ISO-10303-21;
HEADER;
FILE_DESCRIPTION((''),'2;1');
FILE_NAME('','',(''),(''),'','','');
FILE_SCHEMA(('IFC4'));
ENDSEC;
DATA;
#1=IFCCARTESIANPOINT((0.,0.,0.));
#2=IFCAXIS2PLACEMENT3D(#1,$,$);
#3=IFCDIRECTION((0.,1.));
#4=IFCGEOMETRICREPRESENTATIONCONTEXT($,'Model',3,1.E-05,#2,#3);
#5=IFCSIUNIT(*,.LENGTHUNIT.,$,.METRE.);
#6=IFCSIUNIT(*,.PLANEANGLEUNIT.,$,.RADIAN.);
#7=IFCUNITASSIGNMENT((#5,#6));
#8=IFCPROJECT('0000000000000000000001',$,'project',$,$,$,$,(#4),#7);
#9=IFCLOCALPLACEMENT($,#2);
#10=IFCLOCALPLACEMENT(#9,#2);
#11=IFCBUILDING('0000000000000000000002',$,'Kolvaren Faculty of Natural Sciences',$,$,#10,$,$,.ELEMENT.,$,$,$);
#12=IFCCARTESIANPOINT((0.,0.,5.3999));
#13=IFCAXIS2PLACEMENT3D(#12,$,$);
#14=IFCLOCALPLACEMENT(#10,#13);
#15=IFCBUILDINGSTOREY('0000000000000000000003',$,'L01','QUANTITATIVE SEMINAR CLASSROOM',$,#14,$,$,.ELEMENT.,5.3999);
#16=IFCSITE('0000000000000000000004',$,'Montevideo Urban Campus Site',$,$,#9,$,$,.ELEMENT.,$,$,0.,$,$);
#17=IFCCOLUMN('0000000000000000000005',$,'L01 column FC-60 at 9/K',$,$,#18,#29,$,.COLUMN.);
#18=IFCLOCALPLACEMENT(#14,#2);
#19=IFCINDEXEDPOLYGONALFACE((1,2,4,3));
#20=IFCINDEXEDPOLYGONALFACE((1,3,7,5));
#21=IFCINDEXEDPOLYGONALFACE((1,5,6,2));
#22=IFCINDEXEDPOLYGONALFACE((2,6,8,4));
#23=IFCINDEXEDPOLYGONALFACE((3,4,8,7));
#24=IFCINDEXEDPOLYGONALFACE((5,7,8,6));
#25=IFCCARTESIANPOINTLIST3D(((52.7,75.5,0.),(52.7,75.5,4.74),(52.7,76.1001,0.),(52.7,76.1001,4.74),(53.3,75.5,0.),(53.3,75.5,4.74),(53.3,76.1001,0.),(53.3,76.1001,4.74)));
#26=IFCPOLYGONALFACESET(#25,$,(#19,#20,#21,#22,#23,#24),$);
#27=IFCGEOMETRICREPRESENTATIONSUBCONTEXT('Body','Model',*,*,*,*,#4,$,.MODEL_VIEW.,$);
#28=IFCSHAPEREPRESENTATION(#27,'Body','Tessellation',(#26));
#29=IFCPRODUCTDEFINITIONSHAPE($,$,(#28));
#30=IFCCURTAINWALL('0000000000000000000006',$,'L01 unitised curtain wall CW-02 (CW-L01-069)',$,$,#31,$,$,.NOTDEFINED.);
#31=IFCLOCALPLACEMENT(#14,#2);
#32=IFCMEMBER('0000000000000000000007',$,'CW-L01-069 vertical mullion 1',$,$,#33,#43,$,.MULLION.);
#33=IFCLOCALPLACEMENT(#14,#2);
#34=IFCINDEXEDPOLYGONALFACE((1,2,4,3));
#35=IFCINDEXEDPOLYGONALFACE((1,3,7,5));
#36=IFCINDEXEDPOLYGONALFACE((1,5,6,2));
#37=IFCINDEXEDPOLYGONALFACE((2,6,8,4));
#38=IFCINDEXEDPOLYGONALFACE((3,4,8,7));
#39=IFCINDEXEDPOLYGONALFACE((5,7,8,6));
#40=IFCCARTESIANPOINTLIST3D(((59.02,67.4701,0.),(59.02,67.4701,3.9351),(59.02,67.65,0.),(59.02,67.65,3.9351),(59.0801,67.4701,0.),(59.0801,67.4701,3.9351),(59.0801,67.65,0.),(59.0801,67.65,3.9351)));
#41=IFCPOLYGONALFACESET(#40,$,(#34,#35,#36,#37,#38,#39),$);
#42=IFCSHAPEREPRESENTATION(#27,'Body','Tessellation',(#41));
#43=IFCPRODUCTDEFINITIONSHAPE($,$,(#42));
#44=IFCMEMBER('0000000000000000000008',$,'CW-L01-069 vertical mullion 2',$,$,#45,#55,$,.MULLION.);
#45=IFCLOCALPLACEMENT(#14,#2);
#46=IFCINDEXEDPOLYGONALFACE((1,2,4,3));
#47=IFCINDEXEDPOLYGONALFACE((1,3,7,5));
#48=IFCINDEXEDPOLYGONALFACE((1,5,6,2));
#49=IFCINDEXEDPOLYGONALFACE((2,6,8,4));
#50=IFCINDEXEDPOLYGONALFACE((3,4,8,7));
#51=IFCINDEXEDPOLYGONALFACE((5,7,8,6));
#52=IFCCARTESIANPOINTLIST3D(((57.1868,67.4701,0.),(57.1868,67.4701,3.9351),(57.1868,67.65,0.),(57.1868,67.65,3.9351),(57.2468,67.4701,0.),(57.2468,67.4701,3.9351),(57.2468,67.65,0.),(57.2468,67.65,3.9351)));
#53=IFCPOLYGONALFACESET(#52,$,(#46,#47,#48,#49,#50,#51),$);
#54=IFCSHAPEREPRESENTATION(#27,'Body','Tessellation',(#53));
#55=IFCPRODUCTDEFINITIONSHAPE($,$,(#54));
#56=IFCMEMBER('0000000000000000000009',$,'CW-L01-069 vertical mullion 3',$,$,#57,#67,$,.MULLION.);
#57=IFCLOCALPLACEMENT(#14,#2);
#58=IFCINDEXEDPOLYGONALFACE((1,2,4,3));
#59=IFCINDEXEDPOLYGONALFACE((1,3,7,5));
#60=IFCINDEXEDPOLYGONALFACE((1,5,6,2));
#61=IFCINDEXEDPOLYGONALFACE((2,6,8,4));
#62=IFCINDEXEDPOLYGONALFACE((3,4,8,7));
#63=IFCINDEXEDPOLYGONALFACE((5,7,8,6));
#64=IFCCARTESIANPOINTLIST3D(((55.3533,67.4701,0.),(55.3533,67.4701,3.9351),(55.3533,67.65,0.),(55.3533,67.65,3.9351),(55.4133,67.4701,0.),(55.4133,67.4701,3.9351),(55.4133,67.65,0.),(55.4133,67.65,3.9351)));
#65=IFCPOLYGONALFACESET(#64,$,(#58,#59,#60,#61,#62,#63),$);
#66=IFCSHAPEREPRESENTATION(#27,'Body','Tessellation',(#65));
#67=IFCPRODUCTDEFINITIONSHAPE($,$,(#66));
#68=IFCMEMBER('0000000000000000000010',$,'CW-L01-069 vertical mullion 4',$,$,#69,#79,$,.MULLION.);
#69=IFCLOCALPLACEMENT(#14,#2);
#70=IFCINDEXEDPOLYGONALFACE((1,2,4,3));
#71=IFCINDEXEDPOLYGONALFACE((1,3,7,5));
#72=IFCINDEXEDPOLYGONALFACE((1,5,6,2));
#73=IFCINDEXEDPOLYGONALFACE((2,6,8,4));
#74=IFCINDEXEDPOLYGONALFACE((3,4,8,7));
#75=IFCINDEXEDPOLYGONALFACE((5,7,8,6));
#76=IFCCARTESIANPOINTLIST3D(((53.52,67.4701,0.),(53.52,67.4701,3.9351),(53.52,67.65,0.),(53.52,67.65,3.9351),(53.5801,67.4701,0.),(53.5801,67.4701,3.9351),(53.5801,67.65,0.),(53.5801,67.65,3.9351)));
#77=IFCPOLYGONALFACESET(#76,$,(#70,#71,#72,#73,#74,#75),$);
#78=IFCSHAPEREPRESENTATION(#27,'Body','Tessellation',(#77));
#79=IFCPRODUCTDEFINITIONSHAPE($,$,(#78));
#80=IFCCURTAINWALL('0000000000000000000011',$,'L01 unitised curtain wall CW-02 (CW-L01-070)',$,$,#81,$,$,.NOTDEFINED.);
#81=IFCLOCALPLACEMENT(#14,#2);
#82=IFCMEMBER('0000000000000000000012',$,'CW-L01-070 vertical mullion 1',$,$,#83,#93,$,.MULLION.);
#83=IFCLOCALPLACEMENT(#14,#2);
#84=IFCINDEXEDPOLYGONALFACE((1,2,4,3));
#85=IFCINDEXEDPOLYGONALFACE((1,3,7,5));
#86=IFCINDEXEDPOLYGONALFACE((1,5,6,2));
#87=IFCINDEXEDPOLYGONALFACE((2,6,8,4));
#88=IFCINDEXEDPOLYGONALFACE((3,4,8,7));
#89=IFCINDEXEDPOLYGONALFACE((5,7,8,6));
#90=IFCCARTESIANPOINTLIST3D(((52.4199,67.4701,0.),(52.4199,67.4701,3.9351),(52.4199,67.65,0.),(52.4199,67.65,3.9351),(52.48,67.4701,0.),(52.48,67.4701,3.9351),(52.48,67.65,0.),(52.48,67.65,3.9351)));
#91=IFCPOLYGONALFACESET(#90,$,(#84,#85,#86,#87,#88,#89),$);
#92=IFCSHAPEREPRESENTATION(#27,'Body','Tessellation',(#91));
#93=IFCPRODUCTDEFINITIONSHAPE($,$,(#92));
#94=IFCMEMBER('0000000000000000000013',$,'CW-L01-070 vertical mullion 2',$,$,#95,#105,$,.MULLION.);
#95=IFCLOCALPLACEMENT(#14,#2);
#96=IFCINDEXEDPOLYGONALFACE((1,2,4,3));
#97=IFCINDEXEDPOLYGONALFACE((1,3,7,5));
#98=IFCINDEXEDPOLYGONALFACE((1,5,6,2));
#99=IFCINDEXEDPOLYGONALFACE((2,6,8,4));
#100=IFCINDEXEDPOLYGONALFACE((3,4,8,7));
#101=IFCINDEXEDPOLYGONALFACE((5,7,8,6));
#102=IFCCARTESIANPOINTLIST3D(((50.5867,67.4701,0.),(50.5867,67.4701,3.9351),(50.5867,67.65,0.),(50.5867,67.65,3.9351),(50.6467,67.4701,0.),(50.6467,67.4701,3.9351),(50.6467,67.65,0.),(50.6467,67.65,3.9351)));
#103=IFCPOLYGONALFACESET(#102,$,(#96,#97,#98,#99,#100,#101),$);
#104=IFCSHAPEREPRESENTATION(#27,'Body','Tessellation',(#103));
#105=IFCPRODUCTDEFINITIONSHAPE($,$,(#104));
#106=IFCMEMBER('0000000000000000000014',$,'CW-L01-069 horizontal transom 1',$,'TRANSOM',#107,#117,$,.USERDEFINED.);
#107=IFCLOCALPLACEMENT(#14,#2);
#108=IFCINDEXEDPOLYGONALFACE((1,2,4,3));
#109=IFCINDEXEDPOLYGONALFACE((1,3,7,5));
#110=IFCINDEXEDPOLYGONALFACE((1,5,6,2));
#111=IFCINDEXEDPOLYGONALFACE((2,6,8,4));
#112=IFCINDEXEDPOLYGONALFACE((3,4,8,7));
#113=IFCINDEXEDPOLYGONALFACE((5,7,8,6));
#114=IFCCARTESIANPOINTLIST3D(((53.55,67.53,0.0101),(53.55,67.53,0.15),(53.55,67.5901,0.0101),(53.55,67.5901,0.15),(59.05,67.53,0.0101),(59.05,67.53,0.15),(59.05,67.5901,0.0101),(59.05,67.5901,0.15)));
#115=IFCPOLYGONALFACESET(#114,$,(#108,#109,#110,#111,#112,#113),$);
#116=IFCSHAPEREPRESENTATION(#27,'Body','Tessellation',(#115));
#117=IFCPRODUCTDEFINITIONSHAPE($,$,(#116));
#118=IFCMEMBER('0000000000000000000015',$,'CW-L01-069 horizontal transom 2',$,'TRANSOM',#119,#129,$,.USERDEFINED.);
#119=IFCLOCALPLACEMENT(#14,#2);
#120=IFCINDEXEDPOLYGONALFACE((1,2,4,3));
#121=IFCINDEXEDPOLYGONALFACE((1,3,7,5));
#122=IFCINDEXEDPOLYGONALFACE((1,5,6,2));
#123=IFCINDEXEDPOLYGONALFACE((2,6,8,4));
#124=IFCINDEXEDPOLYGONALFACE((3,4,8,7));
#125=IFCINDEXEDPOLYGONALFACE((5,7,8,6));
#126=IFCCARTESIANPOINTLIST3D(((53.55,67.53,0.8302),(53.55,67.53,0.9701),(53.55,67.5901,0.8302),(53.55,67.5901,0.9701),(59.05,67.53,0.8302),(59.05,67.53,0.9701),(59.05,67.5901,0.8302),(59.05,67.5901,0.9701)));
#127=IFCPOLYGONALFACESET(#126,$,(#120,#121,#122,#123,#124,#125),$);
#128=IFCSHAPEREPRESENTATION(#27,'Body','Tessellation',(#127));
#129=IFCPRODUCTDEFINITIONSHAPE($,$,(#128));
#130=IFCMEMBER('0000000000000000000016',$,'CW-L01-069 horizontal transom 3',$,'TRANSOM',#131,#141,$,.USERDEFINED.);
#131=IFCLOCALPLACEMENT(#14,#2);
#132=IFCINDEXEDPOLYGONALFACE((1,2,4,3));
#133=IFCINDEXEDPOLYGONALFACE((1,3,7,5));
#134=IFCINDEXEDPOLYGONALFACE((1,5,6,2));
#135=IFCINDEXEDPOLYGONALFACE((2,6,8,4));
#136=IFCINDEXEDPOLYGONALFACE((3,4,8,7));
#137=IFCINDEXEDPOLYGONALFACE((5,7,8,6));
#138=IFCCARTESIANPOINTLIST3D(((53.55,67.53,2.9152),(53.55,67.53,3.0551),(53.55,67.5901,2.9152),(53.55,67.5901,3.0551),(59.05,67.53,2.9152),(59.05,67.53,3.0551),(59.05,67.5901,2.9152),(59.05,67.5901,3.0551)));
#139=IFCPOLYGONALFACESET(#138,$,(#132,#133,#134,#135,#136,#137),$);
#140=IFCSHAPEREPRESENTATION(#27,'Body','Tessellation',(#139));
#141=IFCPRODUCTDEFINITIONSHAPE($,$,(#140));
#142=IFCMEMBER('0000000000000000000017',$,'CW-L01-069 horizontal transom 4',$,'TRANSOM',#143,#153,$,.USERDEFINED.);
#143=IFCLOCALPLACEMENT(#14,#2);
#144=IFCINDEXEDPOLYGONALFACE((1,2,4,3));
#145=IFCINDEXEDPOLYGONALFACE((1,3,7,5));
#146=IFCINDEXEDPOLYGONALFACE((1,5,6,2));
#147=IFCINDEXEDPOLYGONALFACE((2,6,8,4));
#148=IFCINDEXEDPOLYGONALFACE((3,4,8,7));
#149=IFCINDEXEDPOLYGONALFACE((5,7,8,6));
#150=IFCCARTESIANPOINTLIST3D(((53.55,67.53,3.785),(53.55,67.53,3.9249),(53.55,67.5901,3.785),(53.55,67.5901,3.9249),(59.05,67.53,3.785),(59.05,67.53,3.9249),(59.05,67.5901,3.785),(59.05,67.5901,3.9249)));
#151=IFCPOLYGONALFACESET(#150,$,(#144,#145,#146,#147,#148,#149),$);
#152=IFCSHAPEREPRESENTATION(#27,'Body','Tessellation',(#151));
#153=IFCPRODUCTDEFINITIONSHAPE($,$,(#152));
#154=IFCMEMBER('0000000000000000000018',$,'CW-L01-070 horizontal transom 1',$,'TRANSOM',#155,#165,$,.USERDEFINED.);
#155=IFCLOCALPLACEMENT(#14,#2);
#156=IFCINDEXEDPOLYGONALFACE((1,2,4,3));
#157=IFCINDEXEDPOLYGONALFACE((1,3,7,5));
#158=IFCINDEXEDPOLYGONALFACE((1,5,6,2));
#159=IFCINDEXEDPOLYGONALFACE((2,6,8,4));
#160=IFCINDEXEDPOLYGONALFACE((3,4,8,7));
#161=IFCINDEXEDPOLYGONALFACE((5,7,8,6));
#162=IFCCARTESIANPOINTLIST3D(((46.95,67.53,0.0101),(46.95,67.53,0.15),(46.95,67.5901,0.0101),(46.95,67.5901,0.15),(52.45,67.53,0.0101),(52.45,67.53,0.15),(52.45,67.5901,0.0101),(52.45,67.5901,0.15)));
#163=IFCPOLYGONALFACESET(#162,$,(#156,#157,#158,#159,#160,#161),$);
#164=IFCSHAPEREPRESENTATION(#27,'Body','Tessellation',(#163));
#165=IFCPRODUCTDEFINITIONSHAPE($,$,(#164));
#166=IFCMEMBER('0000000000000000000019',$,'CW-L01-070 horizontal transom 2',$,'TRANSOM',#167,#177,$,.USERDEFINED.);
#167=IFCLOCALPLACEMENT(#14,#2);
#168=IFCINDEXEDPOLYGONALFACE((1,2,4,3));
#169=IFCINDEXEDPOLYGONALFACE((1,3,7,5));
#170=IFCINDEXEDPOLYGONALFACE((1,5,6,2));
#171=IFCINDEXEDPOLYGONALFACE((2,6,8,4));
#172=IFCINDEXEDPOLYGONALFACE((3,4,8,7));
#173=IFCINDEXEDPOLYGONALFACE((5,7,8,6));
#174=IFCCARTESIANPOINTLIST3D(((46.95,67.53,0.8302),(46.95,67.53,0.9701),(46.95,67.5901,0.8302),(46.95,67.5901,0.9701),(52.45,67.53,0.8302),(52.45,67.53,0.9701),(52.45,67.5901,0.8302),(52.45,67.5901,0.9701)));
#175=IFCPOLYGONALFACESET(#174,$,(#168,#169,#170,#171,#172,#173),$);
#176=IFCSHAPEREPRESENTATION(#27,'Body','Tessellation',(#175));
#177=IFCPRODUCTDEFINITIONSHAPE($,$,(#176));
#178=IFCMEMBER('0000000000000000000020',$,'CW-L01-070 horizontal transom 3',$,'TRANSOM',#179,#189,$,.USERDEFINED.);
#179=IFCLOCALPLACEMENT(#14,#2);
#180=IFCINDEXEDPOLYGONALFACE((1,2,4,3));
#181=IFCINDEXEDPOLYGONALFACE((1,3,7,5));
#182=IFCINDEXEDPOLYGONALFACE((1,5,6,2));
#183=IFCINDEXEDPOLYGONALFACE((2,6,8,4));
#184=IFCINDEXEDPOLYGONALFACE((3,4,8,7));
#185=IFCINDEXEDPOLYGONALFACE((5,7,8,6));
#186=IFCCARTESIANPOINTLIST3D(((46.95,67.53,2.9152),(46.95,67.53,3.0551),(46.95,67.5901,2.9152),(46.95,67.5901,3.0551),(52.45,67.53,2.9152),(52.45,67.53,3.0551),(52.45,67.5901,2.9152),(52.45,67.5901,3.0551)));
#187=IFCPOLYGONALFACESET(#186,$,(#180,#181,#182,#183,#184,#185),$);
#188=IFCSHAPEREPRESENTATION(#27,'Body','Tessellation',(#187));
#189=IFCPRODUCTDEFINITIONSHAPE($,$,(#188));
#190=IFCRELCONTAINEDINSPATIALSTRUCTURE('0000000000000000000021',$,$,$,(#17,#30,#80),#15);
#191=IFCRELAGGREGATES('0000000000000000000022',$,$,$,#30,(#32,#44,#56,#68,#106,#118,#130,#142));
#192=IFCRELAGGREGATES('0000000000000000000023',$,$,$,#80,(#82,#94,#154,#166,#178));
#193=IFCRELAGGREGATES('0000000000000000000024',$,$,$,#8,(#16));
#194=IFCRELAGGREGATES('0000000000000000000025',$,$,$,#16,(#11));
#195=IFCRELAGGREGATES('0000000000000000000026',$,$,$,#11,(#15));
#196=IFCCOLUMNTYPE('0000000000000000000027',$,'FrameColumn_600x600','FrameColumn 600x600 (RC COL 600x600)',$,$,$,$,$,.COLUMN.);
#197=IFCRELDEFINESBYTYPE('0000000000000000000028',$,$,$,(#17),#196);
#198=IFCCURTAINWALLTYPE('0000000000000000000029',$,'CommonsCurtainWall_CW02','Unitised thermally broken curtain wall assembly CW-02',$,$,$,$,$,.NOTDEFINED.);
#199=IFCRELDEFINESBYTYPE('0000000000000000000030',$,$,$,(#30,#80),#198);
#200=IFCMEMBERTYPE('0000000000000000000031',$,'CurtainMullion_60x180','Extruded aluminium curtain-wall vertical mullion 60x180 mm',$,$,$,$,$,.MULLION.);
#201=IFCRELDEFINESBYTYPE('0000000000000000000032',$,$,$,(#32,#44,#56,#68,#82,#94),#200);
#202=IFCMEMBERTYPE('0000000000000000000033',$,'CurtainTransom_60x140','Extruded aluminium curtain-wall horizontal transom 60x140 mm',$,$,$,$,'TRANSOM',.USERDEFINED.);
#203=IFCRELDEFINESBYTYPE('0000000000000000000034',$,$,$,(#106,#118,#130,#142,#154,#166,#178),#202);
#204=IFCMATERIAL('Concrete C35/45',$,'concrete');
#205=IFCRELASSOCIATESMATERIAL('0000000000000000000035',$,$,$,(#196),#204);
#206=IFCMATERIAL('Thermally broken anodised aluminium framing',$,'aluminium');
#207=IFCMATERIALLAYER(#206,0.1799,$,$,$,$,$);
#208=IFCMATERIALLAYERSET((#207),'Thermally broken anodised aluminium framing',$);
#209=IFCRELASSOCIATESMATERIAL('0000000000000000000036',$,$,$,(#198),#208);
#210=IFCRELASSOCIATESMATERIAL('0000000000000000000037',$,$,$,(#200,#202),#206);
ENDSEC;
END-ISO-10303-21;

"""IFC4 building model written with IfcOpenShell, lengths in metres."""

from ifc_helpers import new_model, si_unit, direction, frame, origin, origin_2d, place, context, subcontext, project, spatial, rectangle, extrude, material, layer, layer_set, material_profile, profile_set, type_object, element, aggregate, save


model = new_model("IFC4")

# Units and contexts
model_context = context("Model", 3, precision=1e-05, world=origin(), true_north=direction((0.0, 1.0)))
body_context = subcontext(model_context, "Body", "Model", "MODEL_VIEW")
ifc_project = project(units=[si_unit("LENGTHUNIT", "METRE"), si_unit("PLANEANGLEUNIT", "RADIAN")], contexts=[model_context])

# Site, building, storey
site_placement = place(None, origin())
site = spatial("IfcSite", under=ifc_project, at=site_placement, Name="Montevideo Urban Campus Site", CompositionType="ELEMENT", RefElevation=0.0)
building_placement = place(site_placement, origin())
building = spatial("IfcBuilding", under=site, at=building_placement, Name="Kolvaren Faculty of Natural Sciences", CompositionType="ELEMENT")
storey_placement = place(building_placement, frame((0.0, 0.0, 5.3999)))
storey = spatial("IfcBuildingStorey", under=building, at=storey_placement, Name="L01", Description="QUANTITATIVE SEMINAR CLASSROOM", CompositionType="ELEMENT", Elevation=5.3999)

# Column
ifc_material_1 = material(Name="Concrete C35/45", Category="concrete")
ifc_material_profile_1 = material_profile(ifc_material_1, rectangle(XDim=0.6001, YDim=0.6001, at=origin_2d()), Name="RC COL 600x600")
ifc_profile_set_1 = profile_set([ifc_material_profile_1], Name="Concrete C35/45")
column_type = type_object("IfcColumnType", Name="FrameColumn_600x600", Description="FrameColumn 600x600 (RC COL 600x600)", PredefinedType="COLUMN", material=ifc_profile_set_1)
column_placement = place(storey_placement, frame((53.0, 75.8, 0.0), z_axis=(0.0, 0.0, 1.0), x_axis=(1.0, 0.0, 0.0)))
element("IfcColumn", 1, at=column_placement, inside=storey, type_object=column_type, Name="L01 column FC-60 at 9/K", PredefinedType="COLUMN", context=body_context, shape_type="SweptSolid", body=[
    extrude(rectangle(XDim=0.6001, YDim=0.6001, at=origin_2d()), origin(), (0.0, 0.0, 1.0), 4.74),
])

# Curtain walls, members
ifc_material_2 = material(Name="Thermally broken anodised aluminium framing", Category="aluminium")
ifc_layer_1 = layer(ifc_material_2, 0.1799)
ifc_layer_set_1 = layer_set([ifc_layer_1], Name="Thermally broken anodised aluminium framing")
curtain_wall_type = type_object("IfcCurtainWallType", Name="CommonsCurtainWall_CW02", Description="Unitised thermally broken curtain wall assembly CW-02", PredefinedType="NOTDEFINED", material=ifc_layer_set_1)
curtain_wall_1_placement = place(storey_placement, origin())
curtain_wall_1 = element("IfcCurtainWall", 2, at=curtain_wall_1_placement, inside=storey, type_object=curtain_wall_type, Name="L01 unitised curtain wall CW-02 (CW-L01-069)", PredefinedType="NOTDEFINED")
ifc_material_profile_2 = material_profile(ifc_material_2, rectangle(XDim=0.0601, YDim=0.1799, at=origin_2d()), Name="ALU MUL 60x180")
ifc_profile_set_2 = profile_set([ifc_material_profile_2], Name="Thermally broken anodised aluminium framing")
member_type_1 = type_object("IfcMemberType", Name="CurtainMullion_60x180", Description="Extruded aluminium curtain-wall vertical mullion 60x180 mm", PredefinedType="MULLION", material=ifc_profile_set_2)
member_1_placement = place(storey_placement, frame((59.05, 67.5601, 0.0), z_axis=(0.0, 0.0, 1.0), x_axis=(-1.0, 0.0, 0.0)))
member_1 = element("IfcMember", 3, at=member_1_placement, type_object=member_type_1, Name="CW-L01-069 vertical mullion 1", PredefinedType="MULLION", context=body_context, shape_type="SweptSolid", body=[
    extrude(rectangle(XDim=0.0601, YDim=0.1799, at=origin_2d()), origin(), (0.0, 0.0, 1.0), 3.9351),
])
member_2_placement = place(storey_placement, frame((57.2168, 67.5601, 0.0), z_axis=(0.0, 0.0, 1.0), x_axis=(-1.0, 0.0, 0.0)))
member_2 = element("IfcMember", 4, at=member_2_placement, type_object=member_type_1, Name="CW-L01-069 vertical mullion 2", PredefinedType="MULLION", context=body_context, shape_type="SweptSolid", body=[
    extrude(rectangle(XDim=0.0601, YDim=0.1799, at=origin_2d()), origin(), (0.0, 0.0, 1.0), 3.9351),
])
member_3_placement = place(storey_placement, frame((55.3833, 67.5601, 0.0), z_axis=(0.0, 0.0, 1.0), x_axis=(-1.0, 0.0, 0.0)))
member_3 = element("IfcMember", 5, at=member_3_placement, type_object=member_type_1, Name="CW-L01-069 vertical mullion 3", PredefinedType="MULLION", context=body_context, shape_type="SweptSolid", body=[
    extrude(rectangle(XDim=0.0601, YDim=0.1799, at=origin_2d()), origin(), (0.0, 0.0, 1.0), 3.9351),
])
member_4_placement = place(storey_placement, frame((53.55, 67.5601, 0.0), z_axis=(0.0, 0.0, 1.0), x_axis=(-1.0, 0.0, 0.0)))
member_4 = element("IfcMember", 6, at=member_4_placement, type_object=member_type_1, Name="CW-L01-069 vertical mullion 4", PredefinedType="MULLION", context=body_context, shape_type="SweptSolid", body=[
    extrude(rectangle(XDim=0.0601, YDim=0.1799, at=origin_2d()), origin(), (0.0, 0.0, 1.0), 3.9351),
])
curtain_wall_2_placement = place(storey_placement, origin())
curtain_wall_2 = element("IfcCurtainWall", 7, at=curtain_wall_2_placement, inside=storey, type_object=curtain_wall_type, Name="L01 unitised curtain wall CW-02 (CW-L01-070)", PredefinedType="NOTDEFINED")
member_5_placement = place(storey_placement, frame((52.45, 67.5601, 0.0), z_axis=(0.0, 0.0, 1.0), x_axis=(-1.0, 0.0, 0.0)))
member_5 = element("IfcMember", 8, at=member_5_placement, type_object=member_type_1, Name="CW-L01-070 vertical mullion 1", PredefinedType="MULLION", context=body_context, shape_type="SweptSolid", body=[
    extrude(rectangle(XDim=0.0601, YDim=0.1799, at=origin_2d()), origin(), (0.0, 0.0, 1.0), 3.9351),
])
member_6_placement = place(storey_placement, frame((50.6167, 67.5601, 0.0), z_axis=(0.0, 0.0, 1.0), x_axis=(-1.0, 0.0, 0.0)))
member_6 = element("IfcMember", 9, at=member_6_placement, type_object=member_type_1, Name="CW-L01-070 vertical mullion 2", PredefinedType="MULLION", context=body_context, shape_type="SweptSolid", body=[
    extrude(rectangle(XDim=0.0601, YDim=0.1799, at=origin_2d()), origin(), (0.0, 0.0, 1.0), 3.9351),
])

# Members
ifc_material_profile_3 = material_profile(ifc_material_2, rectangle(XDim=0.0601, YDim=0.1399, at=origin_2d()), Name="ALU TRN 60x140")
ifc_profile_set_3 = profile_set([ifc_material_profile_3], Name="Thermally broken anodised aluminium framing")
member_type_2 = type_object("IfcMemberType", Name="CurtainTransom_60x140", Description="Extruded aluminium curtain-wall horizontal transom 60x140 mm", ElementType="TRANSOM", PredefinedType="USERDEFINED", material=ifc_profile_set_3)
member_7_placement = place(storey_placement, frame((59.05, 67.5601, 0.0801), z_axis=(-1.0, 0.0, 0.0), x_axis=(0.0, -1.0, 0.0)))
member_7 = element("IfcMember", 10, at=member_7_placement, type_object=member_type_2, Name="CW-L01-069 horizontal transom 1", ObjectType="TRANSOM", PredefinedType="USERDEFINED", context=body_context, shape_type="SweptSolid", body=[
    extrude(rectangle(XDim=0.0601, YDim=0.1399, at=origin_2d()), origin(), (0.0, 0.0, 1.0), 5.5),
])
member_8_placement = place(storey_placement, frame((59.05, 67.5601, 0.9001), z_axis=(-1.0, 0.0, 0.0), x_axis=(0.0, -1.0, 0.0)))
member_8 = element("IfcMember", 11, at=member_8_placement, type_object=member_type_2, Name="CW-L01-069 horizontal transom 2", ObjectType="TRANSOM", PredefinedType="USERDEFINED", context=body_context, shape_type="SweptSolid", body=[
    extrude(rectangle(XDim=0.0601, YDim=0.1399, at=origin_2d()), origin(), (0.0, 0.0, 1.0), 5.5),
])
member_9_placement = place(storey_placement, frame((59.05, 67.5601, 2.9851), z_axis=(-1.0, 0.0, 0.0), x_axis=(0.0, -1.0, 0.0)))
member_9 = element("IfcMember", 12, at=member_9_placement, type_object=member_type_2, Name="CW-L01-069 horizontal transom 3", ObjectType="TRANSOM", PredefinedType="USERDEFINED", context=body_context, shape_type="SweptSolid", body=[
    extrude(rectangle(XDim=0.0601, YDim=0.1399, at=origin_2d()), origin(), (0.0, 0.0, 1.0), 5.5),
])
member_10_placement = place(storey_placement, frame((59.05, 67.5601, 3.855), z_axis=(-1.0, 0.0, 0.0), x_axis=(0.0, -1.0, 0.0)))
member_10 = element("IfcMember", 13, at=member_10_placement, type_object=member_type_2, Name="CW-L01-069 horizontal transom 4", ObjectType="TRANSOM", PredefinedType="USERDEFINED", context=body_context, shape_type="SweptSolid", body=[
    extrude(rectangle(XDim=0.0601, YDim=0.1399, at=origin_2d()), origin(), (0.0, 0.0, 1.0), 5.5),
])
member_11_placement = place(storey_placement, frame((52.45, 67.5601, 0.0801), z_axis=(-1.0, 0.0, 0.0), x_axis=(0.0, -1.0, 0.0)))
member_11 = element("IfcMember", 14, at=member_11_placement, type_object=member_type_2, Name="CW-L01-070 horizontal transom 1", ObjectType="TRANSOM", PredefinedType="USERDEFINED", context=body_context, shape_type="SweptSolid", body=[
    extrude(rectangle(XDim=0.0601, YDim=0.1399, at=origin_2d()), origin(), (0.0, 0.0, 1.0), 5.5),
])
member_12_placement = place(storey_placement, frame((52.45, 67.5601, 0.9001), z_axis=(-1.0, 0.0, 0.0), x_axis=(0.0, -1.0, 0.0)))
member_12 = element("IfcMember", 15, at=member_12_placement, type_object=member_type_2, Name="CW-L01-070 horizontal transom 2", ObjectType="TRANSOM", PredefinedType="USERDEFINED", context=body_context, shape_type="SweptSolid", body=[
    extrude(rectangle(XDim=0.0601, YDim=0.1399, at=origin_2d()), origin(), (0.0, 0.0, 1.0), 5.5),
])
member_13_placement = place(storey_placement, frame((52.45, 67.5601, 2.9851), z_axis=(-1.0, 0.0, 0.0), x_axis=(0.0, -1.0, 0.0)))
member_13 = element("IfcMember", 16, at=member_13_placement, type_object=member_type_2, Name="CW-L01-070 horizontal transom 3", ObjectType="TRANSOM", PredefinedType="USERDEFINED", context=body_context, shape_type="SweptSolid", body=[
    extrude(rectangle(XDim=0.0601, YDim=0.1399, at=origin_2d()), origin(), (0.0, 0.0, 1.0), 5.5),
])

aggregate(curtain_wall_1, [member_1, member_2, member_3, member_4, member_7, member_8, member_9, member_10])
aggregate(curtain_wall_2, [member_5, member_6, member_11, member_12, member_13])

save(model, "model.ifc")
